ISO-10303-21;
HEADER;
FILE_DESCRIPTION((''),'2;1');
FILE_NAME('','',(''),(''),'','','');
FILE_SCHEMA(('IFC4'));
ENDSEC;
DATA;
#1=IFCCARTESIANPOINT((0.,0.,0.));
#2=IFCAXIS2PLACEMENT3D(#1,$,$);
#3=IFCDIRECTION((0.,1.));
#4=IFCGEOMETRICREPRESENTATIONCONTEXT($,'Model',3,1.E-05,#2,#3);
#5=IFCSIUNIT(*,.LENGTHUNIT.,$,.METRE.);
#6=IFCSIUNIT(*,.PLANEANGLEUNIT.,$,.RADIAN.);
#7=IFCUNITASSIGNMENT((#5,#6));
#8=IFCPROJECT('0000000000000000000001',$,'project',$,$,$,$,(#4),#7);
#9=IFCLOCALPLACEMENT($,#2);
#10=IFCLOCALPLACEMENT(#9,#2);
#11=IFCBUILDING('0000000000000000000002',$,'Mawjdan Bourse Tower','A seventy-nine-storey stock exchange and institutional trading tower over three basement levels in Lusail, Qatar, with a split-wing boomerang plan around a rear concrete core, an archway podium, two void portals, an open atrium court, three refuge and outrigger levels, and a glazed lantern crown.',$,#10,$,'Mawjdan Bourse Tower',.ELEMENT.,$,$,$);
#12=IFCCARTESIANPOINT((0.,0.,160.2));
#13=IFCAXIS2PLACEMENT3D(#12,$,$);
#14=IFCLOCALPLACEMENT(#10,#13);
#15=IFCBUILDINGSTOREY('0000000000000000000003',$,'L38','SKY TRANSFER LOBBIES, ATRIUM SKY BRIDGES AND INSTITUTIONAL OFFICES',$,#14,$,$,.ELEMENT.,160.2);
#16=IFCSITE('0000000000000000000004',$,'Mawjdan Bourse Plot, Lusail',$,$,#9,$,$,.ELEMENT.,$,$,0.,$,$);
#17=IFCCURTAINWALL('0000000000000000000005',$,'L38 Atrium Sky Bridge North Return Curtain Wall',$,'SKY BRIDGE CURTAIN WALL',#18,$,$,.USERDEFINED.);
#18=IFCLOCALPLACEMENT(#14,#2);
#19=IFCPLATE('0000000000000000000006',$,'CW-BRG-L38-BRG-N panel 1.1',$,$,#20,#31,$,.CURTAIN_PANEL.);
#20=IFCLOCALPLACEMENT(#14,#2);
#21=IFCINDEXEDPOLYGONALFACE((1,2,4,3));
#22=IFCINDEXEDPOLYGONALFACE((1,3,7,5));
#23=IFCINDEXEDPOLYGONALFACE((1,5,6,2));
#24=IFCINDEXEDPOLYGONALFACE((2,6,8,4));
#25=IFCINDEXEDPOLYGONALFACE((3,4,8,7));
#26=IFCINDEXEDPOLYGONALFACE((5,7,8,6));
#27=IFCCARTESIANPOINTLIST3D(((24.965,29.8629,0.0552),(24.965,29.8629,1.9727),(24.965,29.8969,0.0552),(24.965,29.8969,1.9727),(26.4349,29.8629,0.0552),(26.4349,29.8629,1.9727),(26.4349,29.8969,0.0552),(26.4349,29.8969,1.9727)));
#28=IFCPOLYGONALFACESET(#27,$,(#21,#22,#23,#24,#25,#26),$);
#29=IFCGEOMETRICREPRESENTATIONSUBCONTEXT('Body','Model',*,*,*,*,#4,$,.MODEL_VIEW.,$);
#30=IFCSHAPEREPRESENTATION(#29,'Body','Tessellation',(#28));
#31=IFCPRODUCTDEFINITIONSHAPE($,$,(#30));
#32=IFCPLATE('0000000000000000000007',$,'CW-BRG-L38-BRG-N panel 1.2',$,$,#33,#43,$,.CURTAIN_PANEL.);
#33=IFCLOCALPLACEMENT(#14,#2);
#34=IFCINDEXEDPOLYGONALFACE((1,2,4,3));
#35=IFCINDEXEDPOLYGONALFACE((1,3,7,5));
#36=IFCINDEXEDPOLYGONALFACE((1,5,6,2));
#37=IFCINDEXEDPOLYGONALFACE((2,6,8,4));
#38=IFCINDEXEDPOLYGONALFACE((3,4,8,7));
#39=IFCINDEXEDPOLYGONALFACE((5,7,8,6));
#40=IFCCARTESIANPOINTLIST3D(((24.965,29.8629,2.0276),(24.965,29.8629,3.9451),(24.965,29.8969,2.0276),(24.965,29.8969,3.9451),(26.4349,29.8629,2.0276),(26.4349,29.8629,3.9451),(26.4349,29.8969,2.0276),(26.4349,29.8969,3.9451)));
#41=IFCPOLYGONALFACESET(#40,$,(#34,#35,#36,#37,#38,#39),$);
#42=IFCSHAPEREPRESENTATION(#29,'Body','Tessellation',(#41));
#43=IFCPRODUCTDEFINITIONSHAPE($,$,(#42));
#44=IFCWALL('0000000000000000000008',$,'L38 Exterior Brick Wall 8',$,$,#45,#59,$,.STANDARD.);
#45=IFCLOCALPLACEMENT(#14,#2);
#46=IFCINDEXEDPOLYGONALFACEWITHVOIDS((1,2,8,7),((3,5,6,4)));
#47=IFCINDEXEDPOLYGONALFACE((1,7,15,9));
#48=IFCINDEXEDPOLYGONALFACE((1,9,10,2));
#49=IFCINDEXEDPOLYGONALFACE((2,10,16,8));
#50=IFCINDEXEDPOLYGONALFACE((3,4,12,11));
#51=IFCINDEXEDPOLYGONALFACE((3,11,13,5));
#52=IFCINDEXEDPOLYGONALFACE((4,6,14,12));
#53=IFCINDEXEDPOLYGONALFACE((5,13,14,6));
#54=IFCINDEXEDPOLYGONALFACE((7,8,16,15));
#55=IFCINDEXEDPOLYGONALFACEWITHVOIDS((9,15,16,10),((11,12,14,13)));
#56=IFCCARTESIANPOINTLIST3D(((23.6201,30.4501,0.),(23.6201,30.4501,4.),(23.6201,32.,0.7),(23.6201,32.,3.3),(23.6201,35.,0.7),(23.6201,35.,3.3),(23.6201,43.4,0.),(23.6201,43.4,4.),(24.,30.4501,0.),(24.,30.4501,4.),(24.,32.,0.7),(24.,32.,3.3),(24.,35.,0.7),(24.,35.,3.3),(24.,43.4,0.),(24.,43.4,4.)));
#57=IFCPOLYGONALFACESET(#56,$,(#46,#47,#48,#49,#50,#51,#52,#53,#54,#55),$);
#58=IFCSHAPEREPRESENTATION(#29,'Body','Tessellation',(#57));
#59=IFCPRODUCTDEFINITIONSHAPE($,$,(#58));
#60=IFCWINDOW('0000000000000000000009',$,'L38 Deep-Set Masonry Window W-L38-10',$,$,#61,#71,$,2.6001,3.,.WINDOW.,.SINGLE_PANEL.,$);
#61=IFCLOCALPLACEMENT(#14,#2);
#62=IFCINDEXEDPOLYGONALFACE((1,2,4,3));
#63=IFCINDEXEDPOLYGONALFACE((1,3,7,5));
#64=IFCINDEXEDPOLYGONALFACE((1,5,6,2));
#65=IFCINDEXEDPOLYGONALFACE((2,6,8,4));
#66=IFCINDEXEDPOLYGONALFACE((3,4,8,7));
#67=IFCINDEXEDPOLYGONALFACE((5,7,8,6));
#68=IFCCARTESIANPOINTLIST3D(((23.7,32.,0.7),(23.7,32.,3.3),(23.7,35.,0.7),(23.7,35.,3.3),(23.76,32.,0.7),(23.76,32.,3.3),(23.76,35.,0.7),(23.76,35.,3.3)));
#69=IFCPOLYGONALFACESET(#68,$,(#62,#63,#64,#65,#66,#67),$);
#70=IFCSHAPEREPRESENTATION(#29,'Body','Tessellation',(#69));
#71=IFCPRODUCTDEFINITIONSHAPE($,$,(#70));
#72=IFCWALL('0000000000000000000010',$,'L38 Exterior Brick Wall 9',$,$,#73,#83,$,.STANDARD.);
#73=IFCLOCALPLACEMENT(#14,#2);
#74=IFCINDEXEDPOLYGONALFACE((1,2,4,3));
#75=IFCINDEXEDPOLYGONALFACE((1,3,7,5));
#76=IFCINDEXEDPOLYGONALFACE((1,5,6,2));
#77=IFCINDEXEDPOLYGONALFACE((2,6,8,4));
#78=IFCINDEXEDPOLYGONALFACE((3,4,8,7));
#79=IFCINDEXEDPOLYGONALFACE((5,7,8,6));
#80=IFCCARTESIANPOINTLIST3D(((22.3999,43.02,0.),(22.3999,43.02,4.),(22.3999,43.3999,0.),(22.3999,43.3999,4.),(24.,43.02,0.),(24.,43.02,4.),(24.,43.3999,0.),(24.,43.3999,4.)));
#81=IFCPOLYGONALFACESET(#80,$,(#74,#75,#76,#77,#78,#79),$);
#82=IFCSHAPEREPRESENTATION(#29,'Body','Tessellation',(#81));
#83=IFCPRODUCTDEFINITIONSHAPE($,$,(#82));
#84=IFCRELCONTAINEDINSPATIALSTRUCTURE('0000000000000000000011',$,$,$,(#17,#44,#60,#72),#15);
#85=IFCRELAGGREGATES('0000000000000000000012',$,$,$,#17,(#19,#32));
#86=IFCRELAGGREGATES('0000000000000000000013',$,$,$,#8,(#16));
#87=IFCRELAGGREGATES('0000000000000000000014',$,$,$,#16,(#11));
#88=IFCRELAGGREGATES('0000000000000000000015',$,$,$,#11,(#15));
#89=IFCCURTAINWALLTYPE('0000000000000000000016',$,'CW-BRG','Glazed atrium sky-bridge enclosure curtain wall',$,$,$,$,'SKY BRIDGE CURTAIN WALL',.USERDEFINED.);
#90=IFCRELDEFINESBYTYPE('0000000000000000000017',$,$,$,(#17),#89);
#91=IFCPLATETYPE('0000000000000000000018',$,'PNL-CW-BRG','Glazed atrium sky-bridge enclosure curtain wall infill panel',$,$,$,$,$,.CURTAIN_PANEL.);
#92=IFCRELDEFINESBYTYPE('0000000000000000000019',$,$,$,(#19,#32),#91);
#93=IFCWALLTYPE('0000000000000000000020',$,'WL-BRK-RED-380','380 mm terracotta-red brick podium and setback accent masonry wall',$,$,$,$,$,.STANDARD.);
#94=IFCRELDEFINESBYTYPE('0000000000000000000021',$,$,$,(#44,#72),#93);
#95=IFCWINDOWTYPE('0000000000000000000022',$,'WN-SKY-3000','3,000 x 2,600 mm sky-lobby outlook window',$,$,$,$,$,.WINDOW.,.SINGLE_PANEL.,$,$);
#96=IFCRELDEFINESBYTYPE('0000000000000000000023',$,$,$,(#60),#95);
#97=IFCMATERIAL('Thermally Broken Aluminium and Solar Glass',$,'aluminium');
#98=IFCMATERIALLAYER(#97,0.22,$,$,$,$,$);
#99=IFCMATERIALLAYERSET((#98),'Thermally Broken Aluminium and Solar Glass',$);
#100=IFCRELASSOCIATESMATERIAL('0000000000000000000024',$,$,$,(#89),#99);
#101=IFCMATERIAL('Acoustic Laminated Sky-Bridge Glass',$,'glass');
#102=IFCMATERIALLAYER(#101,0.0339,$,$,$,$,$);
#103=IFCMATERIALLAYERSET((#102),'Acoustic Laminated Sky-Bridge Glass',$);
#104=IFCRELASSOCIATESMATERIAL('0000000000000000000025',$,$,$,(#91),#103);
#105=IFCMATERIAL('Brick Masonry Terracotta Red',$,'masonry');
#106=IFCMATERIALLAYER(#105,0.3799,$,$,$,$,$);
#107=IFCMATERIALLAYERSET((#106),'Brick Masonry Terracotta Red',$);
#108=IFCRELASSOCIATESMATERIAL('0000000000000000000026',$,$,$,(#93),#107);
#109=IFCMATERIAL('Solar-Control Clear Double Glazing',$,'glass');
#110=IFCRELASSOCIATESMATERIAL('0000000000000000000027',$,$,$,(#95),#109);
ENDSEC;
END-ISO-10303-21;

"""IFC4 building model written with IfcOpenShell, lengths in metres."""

from ifc_helpers import new_model, si_unit, direction, frame, frame_2d, origin, origin_2d, place, context, subcontext, project, spatial, rectangle, extrude, material, layer, layer_set, type_object, element, fill, aggregate, save


model = new_model("IFC4")

# Units and contexts
model_context = context("Model", 3, precision=1e-05, world=origin(), true_north=direction((0.0, 1.0)))
body_context = subcontext(model_context, "Body", "Model", "MODEL_VIEW")
ifc_project = project(units=[si_unit("LENGTHUNIT", "METRE"), si_unit("PLANEANGLEUNIT", "RADIAN")], contexts=[model_context])

# Site, building, storey
site_placement = place(None, origin())
site = spatial("IfcSite", under=ifc_project, at=site_placement, Name="Mawjdan Bourse Plot, Lusail", CompositionType="ELEMENT", RefElevation=0.0)
building_placement = place(site_placement, origin())
building = spatial("IfcBuilding", under=site, at=building_placement, Name="Mawjdan Bourse Tower", Description="A seventy-nine-storey stock exchange and institutional trading tower over three basement levels in Lusail, Qatar, with a split-wing boomerang plan around a rear concrete core, an archway podium, two void portals, an open atrium court, three refuge and outrigger levels, and a glazed lantern crown.", LongName="Mawjdan Bourse Tower", CompositionType="ELEMENT")
storey_placement = place(building_placement, frame((0.0, 0.0, 160.2)))
storey = spatial("IfcBuildingStorey", under=building, at=storey_placement, Name="L38", Description="SKY TRANSFER LOBBIES, ATRIUM SKY BRIDGES AND INSTITUTIONAL OFFICES", CompositionType="ELEMENT", Elevation=160.2)

# Curtain wall
ifc_material_1 = material(Name="Thermally Broken Aluminium and Solar Glass", Category="aluminium")
ifc_layer_1 = layer(ifc_material_1, 0.22)
ifc_layer_set_1 = layer_set([ifc_layer_1], Name="Thermally Broken Aluminium and Solar Glass")
curtain_wall_type = type_object("IfcCurtainWallType", Name="CW-BRG", Description="Glazed atrium sky-bridge enclosure curtain wall", ElementType="SKY BRIDGE CURTAIN WALL", PredefinedType="USERDEFINED", material=ifc_layer_set_1)
curtain_wall_placement = place(storey_placement, origin())
curtain_wall = element("IfcCurtainWall", 1, at=curtain_wall_placement, inside=storey, type_object=curtain_wall_type, Name="L38 Atrium Sky Bridge North Return Curtain Wall", ObjectType="SKY BRIDGE CURTAIN WALL", PredefinedType="USERDEFINED")

# Plates
ifc_material_2 = material(Name="Acoustic Laminated Sky-Bridge Glass", Category="glass")
ifc_layer_2 = layer(ifc_material_2, 0.0339)
ifc_layer_set_2 = layer_set([ifc_layer_2], Name="Acoustic Laminated Sky-Bridge Glass")
plate_type = type_object("IfcPlateType", Name="PNL-CW-BRG", Description="Glazed atrium sky-bridge enclosure curtain wall infill panel", PredefinedType="CURTAIN_PANEL", material=ifc_layer_set_2)
plate_1_placement = place(storey_placement, frame((25.7, 29.8799, 0.0552), z_axis=(0.0, 0.0, 1.0), x_axis=(-1.0, 0.0, 0.0)))
plate_1 = element("IfcPlate", 2, at=plate_1_placement, type_object=plate_type, Name="CW-BRG-L38-BRG-N panel 1.1", PredefinedType="CURTAIN_PANEL", context=body_context, shape_type="SweptSolid", body=[
    extrude(rectangle(XDim=1.47, YDim=0.0339, at=origin_2d()), origin(), (0.0, 0.0, 1.0), 1.9175),
])
plate_2_placement = place(storey_placement, frame((25.7, 29.8799, 2.0276), z_axis=(0.0, 0.0, 1.0), x_axis=(-1.0, 0.0, 0.0)))
plate_2 = element("IfcPlate", 3, at=plate_2_placement, type_object=plate_type, Name="CW-BRG-L38-BRG-N panel 1.2", PredefinedType="CURTAIN_PANEL", context=body_context, shape_type="SweptSolid", body=[
    extrude(rectangle(XDim=1.47, YDim=0.0339, at=origin_2d()), origin(), (0.0, 0.0, 1.0), 1.9175),
])
aggregate(curtain_wall, [plate_1, plate_2])

# Wall, opening, window
ifc_material_3 = material(Name="Brick Masonry Terracotta Red", Category="masonry")
ifc_layer_3 = layer(ifc_material_3, 0.3799)
ifc_layer_set_3 = layer_set([ifc_layer_3], Name="Brick Masonry Terracotta Red")
wall_type = type_object("IfcWallType", Name="WL-BRK-RED-380", Description="380 mm terracotta-red brick podium and setback accent masonry wall", PredefinedType="STANDARD", material=ifc_layer_set_3)
wall_1_placement = place(storey_placement, frame((23.8101, 30.45, 0.0), z_axis=(0.0, 0.0, 1.0), x_axis=(0.0, 1.0, 0.0)))
wall_1 = element("IfcWall", 4, at=wall_1_placement, inside=storey, type_object=wall_type, Name="L38 Exterior Brick Wall 8", PredefinedType="STANDARD", context=body_context, shape_type="SweptSolid", body=[
    extrude(rectangle(XDim=12.95, YDim=0.3799, at=frame_2d((6.4751, 0.0))), origin(), (0.0, 0.0, 1.0), 4.0),
])
opening_placement = place(wall_1_placement, frame((1.55, 0.0, 0.7)))
opening = element("IfcOpeningElement", 5, at=opening_placement, cuts=wall_1, PredefinedType="OPENING", context=body_context, shape_type="SweptSolid", body=[
    extrude(rectangle(XDim=3.0, YDim=2.6001, at=frame_2d((1.5, 1.3))), frame((0.0, 0.2, 0.0), z_axis=(0.0, -1.0, 0.0), x_axis=(1.0, 0.0, 0.0)), (0.0, 0.0, 1.0), 0.3999),
])
ifc_material_4 = material(Name="Solar-Control Clear Double Glazing", Category="glass")
window_type = type_object("IfcWindowType", Name="WN-SKY-3000", Description="3,000 x 2,600 mm sky-lobby outlook window", PartitioningType="SINGLE_PANEL", PredefinedType="WINDOW", material=ifc_material_4)
window_placement = place(opening_placement, origin())
window = element("IfcWindow", 6, at=window_placement, inside=storey, type_object=window_type, Name="L38 Deep-Set Masonry Window W-L38-10", OverallHeight=2.6001, OverallWidth=3.0, PartitioningType="SINGLE_PANEL", PredefinedType="WINDOW", context=body_context, shape_type="SweptSolid", body=[
    extrude(rectangle(XDim=3.0, YDim=2.6001, at=frame_2d((1.5, 1.3))), frame((0.0, 0.1101, 0.0), z_axis=(0.0, -1.0, 0.0), x_axis=(1.0, 0.0, 0.0)), (0.0, 0.0, 1.0), 0.0601),
])
fill(opening, window)

# Wall
wall_2_placement = place(storey_placement, frame((24.0, 43.21, 0.0), z_axis=(0.0, 0.0, 1.0), x_axis=(-1.0, 0.0, 0.0)))
element("IfcWall", 7, at=wall_2_placement, inside=storey, type_object=wall_type, Name="L38 Exterior Brick Wall 9", PredefinedType="STANDARD", context=body_context, shape_type="SweptSolid", body=[
    extrude(rectangle(XDim=1.6001, YDim=0.3799, at=frame_2d((0.8, 0.0))), origin(), (0.0, 0.0, 1.0), 4.0),
])

save(model, "model.ifc")
